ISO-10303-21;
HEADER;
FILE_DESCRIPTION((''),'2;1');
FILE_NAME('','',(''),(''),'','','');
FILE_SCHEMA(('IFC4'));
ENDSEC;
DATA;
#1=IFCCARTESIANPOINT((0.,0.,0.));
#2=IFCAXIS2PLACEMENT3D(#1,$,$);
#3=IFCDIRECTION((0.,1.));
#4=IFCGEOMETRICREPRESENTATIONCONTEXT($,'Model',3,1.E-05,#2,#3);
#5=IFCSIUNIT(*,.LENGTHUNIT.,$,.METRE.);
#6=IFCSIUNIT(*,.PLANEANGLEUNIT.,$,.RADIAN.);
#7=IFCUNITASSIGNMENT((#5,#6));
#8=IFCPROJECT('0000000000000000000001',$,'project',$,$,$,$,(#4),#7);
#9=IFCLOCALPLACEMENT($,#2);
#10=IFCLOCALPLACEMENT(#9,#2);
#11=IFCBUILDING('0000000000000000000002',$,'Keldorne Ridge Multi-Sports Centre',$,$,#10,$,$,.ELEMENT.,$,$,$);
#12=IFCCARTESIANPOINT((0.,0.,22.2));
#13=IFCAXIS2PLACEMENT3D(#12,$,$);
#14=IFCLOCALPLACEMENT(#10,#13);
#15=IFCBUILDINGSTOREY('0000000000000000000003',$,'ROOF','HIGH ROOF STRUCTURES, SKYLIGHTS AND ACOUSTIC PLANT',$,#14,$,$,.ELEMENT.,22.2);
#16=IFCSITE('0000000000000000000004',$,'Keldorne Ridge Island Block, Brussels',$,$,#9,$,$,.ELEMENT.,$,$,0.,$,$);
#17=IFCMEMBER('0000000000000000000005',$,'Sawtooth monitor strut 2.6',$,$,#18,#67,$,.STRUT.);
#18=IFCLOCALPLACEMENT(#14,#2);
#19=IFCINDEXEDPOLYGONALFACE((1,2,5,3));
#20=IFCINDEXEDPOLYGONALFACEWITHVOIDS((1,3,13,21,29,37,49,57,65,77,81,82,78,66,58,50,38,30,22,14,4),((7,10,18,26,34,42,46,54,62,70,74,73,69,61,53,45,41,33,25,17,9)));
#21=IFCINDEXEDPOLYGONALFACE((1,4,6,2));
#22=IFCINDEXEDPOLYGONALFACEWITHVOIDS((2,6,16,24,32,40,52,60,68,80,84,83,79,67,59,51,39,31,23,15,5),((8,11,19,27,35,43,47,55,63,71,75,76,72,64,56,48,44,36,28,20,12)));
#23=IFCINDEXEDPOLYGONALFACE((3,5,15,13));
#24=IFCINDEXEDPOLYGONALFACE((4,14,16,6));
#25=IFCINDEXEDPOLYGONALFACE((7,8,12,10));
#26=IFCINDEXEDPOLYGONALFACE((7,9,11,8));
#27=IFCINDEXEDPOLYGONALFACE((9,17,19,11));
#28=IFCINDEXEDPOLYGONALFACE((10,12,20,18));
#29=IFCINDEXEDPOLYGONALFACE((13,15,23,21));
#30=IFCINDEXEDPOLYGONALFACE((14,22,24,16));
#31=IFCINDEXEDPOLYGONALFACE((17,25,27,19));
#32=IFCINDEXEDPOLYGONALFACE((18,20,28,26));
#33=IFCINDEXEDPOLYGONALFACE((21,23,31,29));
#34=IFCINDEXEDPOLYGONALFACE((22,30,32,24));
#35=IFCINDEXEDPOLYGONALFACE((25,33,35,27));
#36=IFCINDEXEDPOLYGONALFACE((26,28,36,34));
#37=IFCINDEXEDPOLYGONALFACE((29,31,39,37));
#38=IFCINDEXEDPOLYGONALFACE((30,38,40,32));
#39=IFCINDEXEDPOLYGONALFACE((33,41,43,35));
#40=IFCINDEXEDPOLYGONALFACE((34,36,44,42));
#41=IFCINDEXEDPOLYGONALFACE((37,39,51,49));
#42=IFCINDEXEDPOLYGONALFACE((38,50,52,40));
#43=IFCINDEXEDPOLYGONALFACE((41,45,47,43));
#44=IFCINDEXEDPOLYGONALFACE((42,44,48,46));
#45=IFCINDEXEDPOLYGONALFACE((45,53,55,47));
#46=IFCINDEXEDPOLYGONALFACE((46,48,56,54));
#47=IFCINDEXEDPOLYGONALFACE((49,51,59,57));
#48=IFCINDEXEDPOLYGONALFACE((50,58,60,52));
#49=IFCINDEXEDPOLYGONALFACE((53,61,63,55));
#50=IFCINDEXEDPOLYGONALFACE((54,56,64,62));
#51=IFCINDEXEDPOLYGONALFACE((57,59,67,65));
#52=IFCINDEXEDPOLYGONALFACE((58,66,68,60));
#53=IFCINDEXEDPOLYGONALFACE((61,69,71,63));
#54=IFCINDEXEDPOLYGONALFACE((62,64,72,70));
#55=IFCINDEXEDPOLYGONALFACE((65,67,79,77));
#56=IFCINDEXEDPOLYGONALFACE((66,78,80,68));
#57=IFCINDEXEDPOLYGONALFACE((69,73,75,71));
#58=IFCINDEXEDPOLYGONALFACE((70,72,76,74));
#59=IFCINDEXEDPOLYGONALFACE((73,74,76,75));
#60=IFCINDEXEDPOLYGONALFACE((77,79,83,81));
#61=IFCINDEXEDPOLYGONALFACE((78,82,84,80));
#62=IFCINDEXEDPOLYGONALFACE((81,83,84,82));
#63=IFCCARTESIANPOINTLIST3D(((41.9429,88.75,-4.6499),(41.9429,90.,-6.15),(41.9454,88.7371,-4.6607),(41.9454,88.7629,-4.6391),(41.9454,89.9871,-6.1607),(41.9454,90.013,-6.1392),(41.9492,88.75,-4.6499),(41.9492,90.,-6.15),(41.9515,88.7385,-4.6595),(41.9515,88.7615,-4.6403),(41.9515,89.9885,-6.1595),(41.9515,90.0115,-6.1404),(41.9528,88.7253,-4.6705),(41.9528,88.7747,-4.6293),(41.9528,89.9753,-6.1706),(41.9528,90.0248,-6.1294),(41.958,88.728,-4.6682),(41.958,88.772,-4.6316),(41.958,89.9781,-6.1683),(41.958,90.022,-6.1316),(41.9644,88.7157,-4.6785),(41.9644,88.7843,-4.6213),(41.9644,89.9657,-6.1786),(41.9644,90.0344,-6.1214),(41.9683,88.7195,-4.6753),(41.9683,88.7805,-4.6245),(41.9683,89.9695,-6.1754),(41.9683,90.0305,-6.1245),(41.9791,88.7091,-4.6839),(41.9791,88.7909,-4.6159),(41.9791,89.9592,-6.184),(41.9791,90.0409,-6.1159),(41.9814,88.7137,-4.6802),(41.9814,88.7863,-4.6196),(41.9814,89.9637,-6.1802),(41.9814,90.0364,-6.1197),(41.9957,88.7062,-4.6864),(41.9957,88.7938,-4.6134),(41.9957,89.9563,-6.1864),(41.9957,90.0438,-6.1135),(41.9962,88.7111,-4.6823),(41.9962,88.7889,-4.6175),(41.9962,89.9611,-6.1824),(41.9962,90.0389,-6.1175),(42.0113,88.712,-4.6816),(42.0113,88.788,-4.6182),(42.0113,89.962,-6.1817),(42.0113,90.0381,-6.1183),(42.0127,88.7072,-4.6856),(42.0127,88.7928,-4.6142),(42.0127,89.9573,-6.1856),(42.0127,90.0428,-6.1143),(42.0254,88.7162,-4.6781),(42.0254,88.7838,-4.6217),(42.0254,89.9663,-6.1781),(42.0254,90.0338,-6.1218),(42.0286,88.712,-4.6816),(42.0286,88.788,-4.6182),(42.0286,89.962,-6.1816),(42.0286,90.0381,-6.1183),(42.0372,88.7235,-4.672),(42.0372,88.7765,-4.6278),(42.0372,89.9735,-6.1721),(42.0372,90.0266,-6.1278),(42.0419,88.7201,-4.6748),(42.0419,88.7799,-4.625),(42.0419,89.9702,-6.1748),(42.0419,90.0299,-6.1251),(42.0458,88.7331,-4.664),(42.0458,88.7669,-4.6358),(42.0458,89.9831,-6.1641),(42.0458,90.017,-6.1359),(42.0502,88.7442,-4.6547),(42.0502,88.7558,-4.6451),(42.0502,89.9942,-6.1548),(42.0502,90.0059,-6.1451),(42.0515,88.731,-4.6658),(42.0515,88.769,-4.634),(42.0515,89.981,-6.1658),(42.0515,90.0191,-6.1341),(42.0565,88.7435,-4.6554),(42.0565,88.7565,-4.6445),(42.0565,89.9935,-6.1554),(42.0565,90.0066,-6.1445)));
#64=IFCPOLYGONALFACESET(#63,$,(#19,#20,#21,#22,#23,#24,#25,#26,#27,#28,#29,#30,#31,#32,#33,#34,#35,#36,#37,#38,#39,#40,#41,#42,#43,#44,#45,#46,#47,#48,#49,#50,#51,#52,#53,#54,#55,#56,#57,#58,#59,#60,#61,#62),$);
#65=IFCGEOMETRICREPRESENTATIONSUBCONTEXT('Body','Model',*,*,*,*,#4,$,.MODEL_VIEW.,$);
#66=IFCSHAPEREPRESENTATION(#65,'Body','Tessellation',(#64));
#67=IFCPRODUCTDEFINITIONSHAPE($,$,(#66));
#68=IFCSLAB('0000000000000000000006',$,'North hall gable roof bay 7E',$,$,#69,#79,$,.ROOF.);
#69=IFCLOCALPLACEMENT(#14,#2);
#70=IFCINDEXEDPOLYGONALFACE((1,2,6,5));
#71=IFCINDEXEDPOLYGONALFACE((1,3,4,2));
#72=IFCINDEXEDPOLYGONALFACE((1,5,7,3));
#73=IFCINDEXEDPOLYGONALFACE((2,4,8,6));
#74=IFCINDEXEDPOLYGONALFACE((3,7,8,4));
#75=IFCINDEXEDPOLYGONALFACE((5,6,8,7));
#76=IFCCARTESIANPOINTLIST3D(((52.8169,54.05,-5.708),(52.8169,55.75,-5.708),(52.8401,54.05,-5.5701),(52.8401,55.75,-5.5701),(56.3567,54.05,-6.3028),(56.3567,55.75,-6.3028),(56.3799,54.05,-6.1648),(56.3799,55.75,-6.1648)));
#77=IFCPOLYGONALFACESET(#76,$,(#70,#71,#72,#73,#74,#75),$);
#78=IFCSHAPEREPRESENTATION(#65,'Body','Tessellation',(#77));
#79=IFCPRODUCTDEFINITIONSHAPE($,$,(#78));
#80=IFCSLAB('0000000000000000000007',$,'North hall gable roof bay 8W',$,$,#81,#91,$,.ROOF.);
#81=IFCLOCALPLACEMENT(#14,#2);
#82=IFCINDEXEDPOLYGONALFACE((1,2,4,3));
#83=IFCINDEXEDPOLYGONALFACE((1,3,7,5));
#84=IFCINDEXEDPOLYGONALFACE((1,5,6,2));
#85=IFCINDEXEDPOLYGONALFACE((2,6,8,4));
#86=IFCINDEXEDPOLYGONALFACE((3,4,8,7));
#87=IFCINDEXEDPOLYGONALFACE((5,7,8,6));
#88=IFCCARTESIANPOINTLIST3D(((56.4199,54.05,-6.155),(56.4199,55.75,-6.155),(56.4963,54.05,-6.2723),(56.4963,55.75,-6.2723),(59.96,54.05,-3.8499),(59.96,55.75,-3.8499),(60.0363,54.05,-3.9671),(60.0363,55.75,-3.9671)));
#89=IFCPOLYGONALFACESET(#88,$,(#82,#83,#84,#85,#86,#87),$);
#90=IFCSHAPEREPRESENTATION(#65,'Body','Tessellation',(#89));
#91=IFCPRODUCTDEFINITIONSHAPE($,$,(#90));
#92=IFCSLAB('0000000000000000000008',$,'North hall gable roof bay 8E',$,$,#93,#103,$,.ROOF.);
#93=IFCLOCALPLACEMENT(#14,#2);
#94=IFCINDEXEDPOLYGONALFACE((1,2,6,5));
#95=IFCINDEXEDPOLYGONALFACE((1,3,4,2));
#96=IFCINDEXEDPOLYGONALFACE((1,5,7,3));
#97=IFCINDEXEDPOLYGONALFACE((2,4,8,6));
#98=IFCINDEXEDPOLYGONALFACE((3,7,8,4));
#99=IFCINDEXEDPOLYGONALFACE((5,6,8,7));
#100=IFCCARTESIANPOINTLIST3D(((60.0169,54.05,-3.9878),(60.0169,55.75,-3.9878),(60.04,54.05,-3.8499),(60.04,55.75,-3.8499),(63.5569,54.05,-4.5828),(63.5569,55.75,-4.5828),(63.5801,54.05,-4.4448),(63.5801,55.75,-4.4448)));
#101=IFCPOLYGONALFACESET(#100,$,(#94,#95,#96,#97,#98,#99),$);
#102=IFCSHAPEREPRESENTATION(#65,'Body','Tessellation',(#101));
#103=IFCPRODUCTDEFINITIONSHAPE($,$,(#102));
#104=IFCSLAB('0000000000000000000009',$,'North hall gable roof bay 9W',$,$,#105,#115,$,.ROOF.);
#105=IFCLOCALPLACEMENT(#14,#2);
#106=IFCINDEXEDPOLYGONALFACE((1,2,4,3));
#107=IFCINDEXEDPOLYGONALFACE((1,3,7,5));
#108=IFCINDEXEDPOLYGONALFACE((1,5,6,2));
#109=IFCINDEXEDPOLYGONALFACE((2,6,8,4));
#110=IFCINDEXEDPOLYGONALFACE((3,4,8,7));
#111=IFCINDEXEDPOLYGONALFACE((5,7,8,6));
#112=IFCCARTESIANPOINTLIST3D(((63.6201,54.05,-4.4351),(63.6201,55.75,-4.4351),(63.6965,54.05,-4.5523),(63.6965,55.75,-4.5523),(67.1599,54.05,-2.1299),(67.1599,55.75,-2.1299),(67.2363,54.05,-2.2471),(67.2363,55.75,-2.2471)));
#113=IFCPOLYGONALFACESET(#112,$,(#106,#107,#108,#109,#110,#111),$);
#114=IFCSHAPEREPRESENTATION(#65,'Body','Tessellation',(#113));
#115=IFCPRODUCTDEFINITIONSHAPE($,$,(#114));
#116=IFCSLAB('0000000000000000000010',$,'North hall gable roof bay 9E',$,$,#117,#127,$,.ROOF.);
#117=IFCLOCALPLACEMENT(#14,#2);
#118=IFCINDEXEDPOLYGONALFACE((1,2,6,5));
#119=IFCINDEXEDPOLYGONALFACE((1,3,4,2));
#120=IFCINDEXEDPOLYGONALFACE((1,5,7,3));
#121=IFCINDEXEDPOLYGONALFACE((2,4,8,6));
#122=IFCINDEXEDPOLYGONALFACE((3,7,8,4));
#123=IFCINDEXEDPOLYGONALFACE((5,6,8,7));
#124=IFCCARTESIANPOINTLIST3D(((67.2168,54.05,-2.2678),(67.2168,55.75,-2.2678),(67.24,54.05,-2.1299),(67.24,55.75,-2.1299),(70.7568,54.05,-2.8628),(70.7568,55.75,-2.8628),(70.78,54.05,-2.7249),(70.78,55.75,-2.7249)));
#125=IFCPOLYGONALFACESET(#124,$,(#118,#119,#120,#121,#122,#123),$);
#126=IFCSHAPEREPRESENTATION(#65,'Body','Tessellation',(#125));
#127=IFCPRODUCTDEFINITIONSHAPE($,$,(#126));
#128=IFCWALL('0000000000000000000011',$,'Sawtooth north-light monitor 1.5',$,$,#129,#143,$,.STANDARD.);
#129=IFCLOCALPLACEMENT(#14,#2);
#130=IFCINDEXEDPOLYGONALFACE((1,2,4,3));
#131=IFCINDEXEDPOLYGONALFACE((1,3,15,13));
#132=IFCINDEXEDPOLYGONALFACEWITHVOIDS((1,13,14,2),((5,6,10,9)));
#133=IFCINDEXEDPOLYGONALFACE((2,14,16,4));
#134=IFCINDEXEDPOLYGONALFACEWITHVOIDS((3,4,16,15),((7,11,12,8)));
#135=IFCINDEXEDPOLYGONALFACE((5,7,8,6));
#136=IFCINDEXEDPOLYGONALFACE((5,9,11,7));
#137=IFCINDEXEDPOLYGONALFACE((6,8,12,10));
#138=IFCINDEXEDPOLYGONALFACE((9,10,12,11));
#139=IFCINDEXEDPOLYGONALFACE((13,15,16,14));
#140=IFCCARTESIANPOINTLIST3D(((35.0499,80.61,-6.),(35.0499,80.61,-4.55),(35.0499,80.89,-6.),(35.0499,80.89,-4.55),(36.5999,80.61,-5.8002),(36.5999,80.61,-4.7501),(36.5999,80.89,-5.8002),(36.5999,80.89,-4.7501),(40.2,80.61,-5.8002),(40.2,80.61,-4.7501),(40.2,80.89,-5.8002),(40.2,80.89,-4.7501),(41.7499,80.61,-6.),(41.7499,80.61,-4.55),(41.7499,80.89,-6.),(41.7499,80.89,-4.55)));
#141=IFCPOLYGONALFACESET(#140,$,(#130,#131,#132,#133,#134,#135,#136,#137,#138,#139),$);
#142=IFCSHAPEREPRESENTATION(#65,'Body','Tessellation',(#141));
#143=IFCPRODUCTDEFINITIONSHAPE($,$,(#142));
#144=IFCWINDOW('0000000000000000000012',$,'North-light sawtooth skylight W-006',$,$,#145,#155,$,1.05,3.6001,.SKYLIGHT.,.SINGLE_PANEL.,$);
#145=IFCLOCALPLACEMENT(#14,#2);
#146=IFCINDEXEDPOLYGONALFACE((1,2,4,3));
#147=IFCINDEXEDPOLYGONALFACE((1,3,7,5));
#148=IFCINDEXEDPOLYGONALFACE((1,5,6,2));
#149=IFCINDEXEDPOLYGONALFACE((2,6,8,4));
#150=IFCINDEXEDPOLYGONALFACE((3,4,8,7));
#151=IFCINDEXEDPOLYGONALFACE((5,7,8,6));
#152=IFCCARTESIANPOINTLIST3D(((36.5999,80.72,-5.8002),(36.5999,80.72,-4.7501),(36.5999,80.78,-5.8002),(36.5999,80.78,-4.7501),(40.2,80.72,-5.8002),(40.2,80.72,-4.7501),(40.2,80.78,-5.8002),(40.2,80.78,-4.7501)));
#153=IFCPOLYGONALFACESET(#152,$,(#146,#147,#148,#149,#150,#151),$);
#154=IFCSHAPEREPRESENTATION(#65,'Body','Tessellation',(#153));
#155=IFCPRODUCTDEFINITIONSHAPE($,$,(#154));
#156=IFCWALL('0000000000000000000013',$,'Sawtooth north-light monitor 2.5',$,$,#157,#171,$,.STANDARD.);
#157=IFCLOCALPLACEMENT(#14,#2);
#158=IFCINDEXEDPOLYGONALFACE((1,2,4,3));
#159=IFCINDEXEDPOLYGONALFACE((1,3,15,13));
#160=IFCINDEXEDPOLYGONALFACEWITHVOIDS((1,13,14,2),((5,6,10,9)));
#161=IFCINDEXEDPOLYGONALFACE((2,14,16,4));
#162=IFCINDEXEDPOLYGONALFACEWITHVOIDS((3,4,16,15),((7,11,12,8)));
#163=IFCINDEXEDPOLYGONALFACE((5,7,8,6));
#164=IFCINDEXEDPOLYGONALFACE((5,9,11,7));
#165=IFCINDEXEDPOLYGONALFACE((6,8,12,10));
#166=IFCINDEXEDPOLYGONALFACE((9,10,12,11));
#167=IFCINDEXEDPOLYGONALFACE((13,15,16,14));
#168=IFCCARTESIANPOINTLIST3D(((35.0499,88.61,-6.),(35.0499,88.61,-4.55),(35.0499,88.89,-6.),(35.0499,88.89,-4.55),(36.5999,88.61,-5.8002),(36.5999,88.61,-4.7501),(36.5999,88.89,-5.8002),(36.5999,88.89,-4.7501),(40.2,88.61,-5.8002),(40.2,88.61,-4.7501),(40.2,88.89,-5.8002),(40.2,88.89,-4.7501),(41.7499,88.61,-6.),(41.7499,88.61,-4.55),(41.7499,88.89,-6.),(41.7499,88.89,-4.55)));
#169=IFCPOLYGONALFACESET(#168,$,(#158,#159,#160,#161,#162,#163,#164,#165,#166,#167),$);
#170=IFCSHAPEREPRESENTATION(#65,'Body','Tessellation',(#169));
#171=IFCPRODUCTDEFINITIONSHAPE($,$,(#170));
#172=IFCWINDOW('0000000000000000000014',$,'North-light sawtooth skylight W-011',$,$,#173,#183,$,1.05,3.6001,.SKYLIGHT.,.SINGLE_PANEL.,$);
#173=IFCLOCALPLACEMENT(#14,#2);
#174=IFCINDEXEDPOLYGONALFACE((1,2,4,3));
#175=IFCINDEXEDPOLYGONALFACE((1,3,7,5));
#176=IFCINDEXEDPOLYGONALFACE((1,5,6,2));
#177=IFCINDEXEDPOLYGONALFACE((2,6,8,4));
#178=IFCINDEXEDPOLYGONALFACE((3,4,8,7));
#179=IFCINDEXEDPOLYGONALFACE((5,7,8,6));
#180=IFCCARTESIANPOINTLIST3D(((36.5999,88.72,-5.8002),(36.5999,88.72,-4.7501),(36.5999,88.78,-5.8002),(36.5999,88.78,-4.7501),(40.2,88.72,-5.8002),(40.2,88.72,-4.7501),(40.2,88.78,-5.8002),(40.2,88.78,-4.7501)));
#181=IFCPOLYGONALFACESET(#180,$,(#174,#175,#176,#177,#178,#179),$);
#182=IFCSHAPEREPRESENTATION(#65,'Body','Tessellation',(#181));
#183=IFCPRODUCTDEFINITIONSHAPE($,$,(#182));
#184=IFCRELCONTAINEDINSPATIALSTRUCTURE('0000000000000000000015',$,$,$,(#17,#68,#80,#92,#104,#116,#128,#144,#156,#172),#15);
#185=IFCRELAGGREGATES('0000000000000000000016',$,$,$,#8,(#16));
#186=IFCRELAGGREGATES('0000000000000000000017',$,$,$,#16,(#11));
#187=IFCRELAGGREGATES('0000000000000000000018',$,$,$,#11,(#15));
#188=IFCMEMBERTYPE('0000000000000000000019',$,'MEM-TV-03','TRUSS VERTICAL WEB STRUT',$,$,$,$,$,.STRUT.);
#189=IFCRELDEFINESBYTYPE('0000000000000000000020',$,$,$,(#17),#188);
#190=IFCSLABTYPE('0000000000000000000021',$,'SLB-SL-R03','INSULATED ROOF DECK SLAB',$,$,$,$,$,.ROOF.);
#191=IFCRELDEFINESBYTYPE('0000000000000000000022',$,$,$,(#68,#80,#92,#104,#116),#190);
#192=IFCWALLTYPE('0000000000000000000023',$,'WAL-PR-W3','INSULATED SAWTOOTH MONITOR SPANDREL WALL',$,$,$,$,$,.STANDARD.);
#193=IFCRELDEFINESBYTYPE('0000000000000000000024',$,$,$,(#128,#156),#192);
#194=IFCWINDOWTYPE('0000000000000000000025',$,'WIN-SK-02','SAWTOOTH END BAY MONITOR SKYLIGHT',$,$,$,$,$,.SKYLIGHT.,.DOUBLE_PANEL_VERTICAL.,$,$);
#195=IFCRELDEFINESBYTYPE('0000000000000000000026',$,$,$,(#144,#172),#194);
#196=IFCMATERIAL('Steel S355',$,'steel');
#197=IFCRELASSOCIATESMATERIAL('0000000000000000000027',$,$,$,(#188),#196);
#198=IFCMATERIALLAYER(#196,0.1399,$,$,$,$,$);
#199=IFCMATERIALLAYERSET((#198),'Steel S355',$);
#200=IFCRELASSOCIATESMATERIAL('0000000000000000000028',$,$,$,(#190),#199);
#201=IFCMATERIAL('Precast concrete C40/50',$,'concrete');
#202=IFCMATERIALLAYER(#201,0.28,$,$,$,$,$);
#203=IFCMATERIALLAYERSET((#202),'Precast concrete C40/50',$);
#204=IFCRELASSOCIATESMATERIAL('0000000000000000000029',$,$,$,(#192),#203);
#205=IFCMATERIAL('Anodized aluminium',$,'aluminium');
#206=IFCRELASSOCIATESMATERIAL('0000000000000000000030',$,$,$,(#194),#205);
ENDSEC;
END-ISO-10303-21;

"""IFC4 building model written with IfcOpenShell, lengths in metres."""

from ifc_helpers import new_model, si_unit, direction, frame, frame_2d, origin, origin_2d, place, context, subcontext, project, spatial, polyline, rectangle, hollow_circle, outline, extrude, material, layer, layer_set, material_profile, profile_set, type_object, element, fill, save


model = new_model("IFC4")

# Units and contexts
model_context = context("Model", 3, precision=1e-05, world=origin(), true_north=direction((0.0, 1.0)))
body_context = subcontext(model_context, "Body", "Model", "MODEL_VIEW")
ifc_project = project(units=[si_unit("LENGTHUNIT", "METRE"), si_unit("PLANEANGLEUNIT", "RADIAN")], contexts=[model_context])

# Site, building, storey
site_placement = place(None, origin())
site = spatial("IfcSite", under=ifc_project, at=site_placement, Name="Keldorne Ridge Island Block, Brussels", CompositionType="ELEMENT", RefElevation=0.0)
building_placement = place(site_placement, origin())
building = spatial("IfcBuilding", under=site, at=building_placement, Name="Keldorne Ridge Multi-Sports Centre", CompositionType="ELEMENT")
storey_placement = place(building_placement, frame((0.0, 0.0, 22.2)))
storey = spatial("IfcBuildingStorey", under=building, at=storey_placement, Name="ROOF", Description="HIGH ROOF STRUCTURES, SKYLIGHTS AND ACOUSTIC PLANT", CompositionType="ELEMENT", Elevation=22.2)

# Shared definitions
ifc_material_1 = material(Name="Steel S355", Category="steel")

# Member
ifc_material_profile_1 = material_profile(ifc_material_1, hollow_circle(Radius=0.0571, WallThickness=0.0063, at=origin_2d()), Name="CHS 114.3x6.3")
ifc_profile_set_1 = profile_set([ifc_material_profile_1], Name="Steel S355")
member_type_1 = type_object("IfcMemberType", Name="MEM-TV-03", Description="TRUSS VERTICAL WEB STRUT", PredefinedType="STRUT", material=ifc_profile_set_1)
member_1_placement = place(storey_placement, frame((42.0, 88.75, -4.6499), z_axis=(0.0, 0.640184, -0.768221), x_axis=(-1.0, 0.0, 0.0)))
element("IfcMember", 1, at=member_1_placement, inside=storey, type_object=member_type_1, Name="Sawtooth monitor strut 2.6", PredefinedType="STRUT", context=body_context, shape_type="SweptSolid", body=[
    extrude(hollow_circle(Radius=0.0571, WallThickness=0.0063, at=origin_2d()), origin(), (0.0, 0.0, 1.0), 1.9526),
])

# Slabs
ifc_layer_1 = layer(ifc_material_1, 0.1399)
ifc_layer_set_1 = layer_set([ifc_layer_1], Name="Steel S355")
slab_type = type_object("IfcSlabType", Name="SLB-SL-R03", Description="INSULATED ROOF DECK SLAB", PredefinedType="ROOF", material=ifc_layer_set_1)
slab_1_placement = place(storey_placement, frame((52.8401, 54.05, -5.5701), z_axis=(0.165689, 0.0, 0.986178), x_axis=(0.986178, 0.0, -0.165689)))
element("IfcSlab", 2, at=slab_1_placement, inside=storey, type_object=slab_type, Name="North hall gable roof bay 7E", PredefinedType="ROOF", context=body_context, shape_type="SweptSolid", body=[
    extrude(outline(polyline([(0.0, 0.0), (3.5894, 0.0), (3.5894, 1.7), (0.0, 1.7), (0.0, 0.0)])), origin(), (0.0, 0.0, -1.0), 0.1399),
])
slab_2_placement = place(storey_placement, frame((56.4199, 54.05, -6.155), z_axis=(-0.545679, 0.0, 0.837994), x_axis=(0.837994, 0.0, 0.545679)))
element("IfcSlab", 3, at=slab_2_placement, inside=storey, type_object=slab_type, Name="North hall gable roof bay 8W", PredefinedType="ROOF", context=body_context, shape_type="SweptSolid", body=[
    extrude(outline(polyline([(0.0, 0.0), (4.2244, 0.0), (4.2244, 1.7), (0.0, 1.7), (0.0, 0.0)])), origin(), (0.0, 0.0, -1.0), 0.1399),
])
slab_3_placement = place(storey_placement, frame((60.04, 54.05, -3.8499), z_axis=(0.165744, 0.0, 0.986169), x_axis=(0.986169, 0.0, -0.165744)))
element("IfcSlab", 4, at=slab_3_placement, inside=storey, type_object=slab_type, Name="North hall gable roof bay 8E", PredefinedType="ROOF", context=body_context, shape_type="SweptSolid", body=[
    extrude(outline(polyline([(0.0, 0.0), (3.5897, 0.0), (3.5897, 1.7), (0.0, 1.7), (0.0, 0.0)])), origin(), (0.0, 0.0, -1.0), 0.1399),
])
slab_4_placement = place(storey_placement, frame((63.6201, 54.05, -4.4351), z_axis=(-0.545705, 0.0, 0.837977), x_axis=(0.837977, 0.0, 0.545705)))
element("IfcSlab", 5, at=slab_4_placement, inside=storey, type_object=slab_type, Name="North hall gable roof bay 9W", PredefinedType="ROOF", context=body_context, shape_type="SweptSolid", body=[
    extrude(outline(polyline([(0.0, 0.0), (4.2242, 0.0), (4.2242, 1.7), (0.0, 1.7), (0.0, 0.0)])), origin(), (0.0, 0.0, -1.0), 0.1399),
])
slab_5_placement = place(storey_placement, frame((67.24, 54.05, -2.1299), z_axis=(0.165744, 0.0, 0.986169), x_axis=(0.986169, 0.0, -0.165744)))
element("IfcSlab", 6, at=slab_5_placement, inside=storey, type_object=slab_type, Name="North hall gable roof bay 9E", PredefinedType="ROOF", context=body_context, shape_type="SweptSolid", body=[
    extrude(outline(polyline([(0.0, 0.0), (3.5897, 0.0), (3.5897, 1.7), (0.0, 1.7), (0.0, 0.0)])), origin(), (0.0, 0.0, -1.0), 0.1399),
])

# Walls, openings, windows
ifc_material_2 = material(Name="Precast concrete C40/50", Category="concrete")
ifc_layer_2 = layer(ifc_material_2, 0.28)
ifc_layer_set_2 = layer_set([ifc_layer_2], Name="Precast concrete C40/50")
wall_type = type_object("IfcWallType", Name="WAL-PR-W3", Description="INSULATED SAWTOOTH MONITOR SPANDREL WALL", PredefinedType="STANDARD", material=ifc_layer_set_2)
wall_1_placement = place(storey_placement, frame((41.75, 80.75, -6.0), z_axis=(0.0, 0.0, 1.0), x_axis=(-1.0, 0.0, 0.0)))
wall_1 = element("IfcWall", 7, at=wall_1_placement, inside=storey, type_object=wall_type, Name="Sawtooth north-light monitor 1.5", PredefinedType="STANDARD", context=body_context, shape_type="SweptSolid", body=[
    extrude(rectangle(XDim=6.7, YDim=0.28, at=frame_2d((3.3501, 0.0))), origin(), (0.0, 0.0, 1.0), 1.45),
])
opening_1_placement = place(wall_1_placement, frame((1.55, 0.0, 0.2)))
opening_1 = element("IfcOpeningElement", 8, at=opening_1_placement, cuts=wall_1, PredefinedType="OPENING", context=body_context, shape_type="SweptSolid", body=[
    extrude(rectangle(XDim=3.6001, YDim=1.05, at=frame_2d((1.8, 0.5249))), frame((0.0, 0.1499, 0.0), z_axis=(0.0, -1.0, 0.0), x_axis=(1.0, 0.0, 0.0)), (0.0, 0.0, 1.0), 0.3),
])
ifc_material_3 = material(Name="Anodized aluminium", Category="aluminium")
window_type = type_object("IfcWindowType", Name="WIN-SK-02", Description="SAWTOOTH END BAY MONITOR SKYLIGHT", PartitioningType="DOUBLE_PANEL_VERTICAL", PredefinedType="SKYLIGHT", material=ifc_material_3)
window_1_placement = place(opening_1_placement, origin())
window_1 = element("IfcWindow", 9, at=window_1_placement, inside=storey, type_object=window_type, Name="North-light sawtooth skylight W-006", OverallHeight=1.05, OverallWidth=3.6001, PartitioningType="SINGLE_PANEL", PredefinedType="SKYLIGHT", context=body_context, shape_type="SweptSolid", body=[
    extrude(rectangle(XDim=3.6001, YDim=1.05, at=frame_2d((1.8, 0.5249))), frame((0.0, 0.03, 0.0), z_axis=(0.0, -1.0, 0.0), x_axis=(1.0, 0.0, 0.0)), (0.0, 0.0, 1.0), 0.0601),
])
fill(opening_1, window_1)
wall_2_placement = place(storey_placement, frame((41.75, 88.75, -6.0), z_axis=(0.0, 0.0, 1.0), x_axis=(-1.0, 0.0, 0.0)))
wall_2 = element("IfcWall", 10, at=wall_2_placement, inside=storey, type_object=wall_type, Name="Sawtooth north-light monitor 2.5", PredefinedType="STANDARD", context=body_context, shape_type="SweptSolid", body=[
    extrude(rectangle(XDim=6.7, YDim=0.28, at=frame_2d((3.3501, 0.0))), origin(), (0.0, 0.0, 1.0), 1.45),
])
opening_2_placement = place(wall_2_placement, frame((1.55, 0.0, 0.2)))
opening_2 = element("IfcOpeningElement", 11, at=opening_2_placement, cuts=wall_2, PredefinedType="OPENING", context=body_context, shape_type="SweptSolid", body=[
    extrude(rectangle(XDim=3.6001, YDim=1.05, at=frame_2d((1.8, 0.5249))), frame((0.0, 0.1499, 0.0), z_axis=(0.0, -1.0, 0.0), x_axis=(1.0, 0.0, 0.0)), (0.0, 0.0, 1.0), 0.3),
])
window_2_placement = place(opening_2_placement, origin())
window_2 = element("IfcWindow", 12, at=window_2_placement, inside=storey, type_object=window_type, Name="North-light sawtooth skylight W-011", OverallHeight=1.05, OverallWidth=3.6001, PartitioningType="SINGLE_PANEL", PredefinedType="SKYLIGHT", context=body_context, shape_type="SweptSolid", body=[
    extrude(rectangle(XDim=3.6001, YDim=1.05, at=frame_2d((1.8, 0.5249))), frame((0.0, 0.03, 0.0), z_axis=(0.0, -1.0, 0.0), x_axis=(1.0, 0.0, 0.0)), (0.0, 0.0, 1.0), 0.0601),
])
fill(opening_2, window_2)

save(model, "model.ifc")
